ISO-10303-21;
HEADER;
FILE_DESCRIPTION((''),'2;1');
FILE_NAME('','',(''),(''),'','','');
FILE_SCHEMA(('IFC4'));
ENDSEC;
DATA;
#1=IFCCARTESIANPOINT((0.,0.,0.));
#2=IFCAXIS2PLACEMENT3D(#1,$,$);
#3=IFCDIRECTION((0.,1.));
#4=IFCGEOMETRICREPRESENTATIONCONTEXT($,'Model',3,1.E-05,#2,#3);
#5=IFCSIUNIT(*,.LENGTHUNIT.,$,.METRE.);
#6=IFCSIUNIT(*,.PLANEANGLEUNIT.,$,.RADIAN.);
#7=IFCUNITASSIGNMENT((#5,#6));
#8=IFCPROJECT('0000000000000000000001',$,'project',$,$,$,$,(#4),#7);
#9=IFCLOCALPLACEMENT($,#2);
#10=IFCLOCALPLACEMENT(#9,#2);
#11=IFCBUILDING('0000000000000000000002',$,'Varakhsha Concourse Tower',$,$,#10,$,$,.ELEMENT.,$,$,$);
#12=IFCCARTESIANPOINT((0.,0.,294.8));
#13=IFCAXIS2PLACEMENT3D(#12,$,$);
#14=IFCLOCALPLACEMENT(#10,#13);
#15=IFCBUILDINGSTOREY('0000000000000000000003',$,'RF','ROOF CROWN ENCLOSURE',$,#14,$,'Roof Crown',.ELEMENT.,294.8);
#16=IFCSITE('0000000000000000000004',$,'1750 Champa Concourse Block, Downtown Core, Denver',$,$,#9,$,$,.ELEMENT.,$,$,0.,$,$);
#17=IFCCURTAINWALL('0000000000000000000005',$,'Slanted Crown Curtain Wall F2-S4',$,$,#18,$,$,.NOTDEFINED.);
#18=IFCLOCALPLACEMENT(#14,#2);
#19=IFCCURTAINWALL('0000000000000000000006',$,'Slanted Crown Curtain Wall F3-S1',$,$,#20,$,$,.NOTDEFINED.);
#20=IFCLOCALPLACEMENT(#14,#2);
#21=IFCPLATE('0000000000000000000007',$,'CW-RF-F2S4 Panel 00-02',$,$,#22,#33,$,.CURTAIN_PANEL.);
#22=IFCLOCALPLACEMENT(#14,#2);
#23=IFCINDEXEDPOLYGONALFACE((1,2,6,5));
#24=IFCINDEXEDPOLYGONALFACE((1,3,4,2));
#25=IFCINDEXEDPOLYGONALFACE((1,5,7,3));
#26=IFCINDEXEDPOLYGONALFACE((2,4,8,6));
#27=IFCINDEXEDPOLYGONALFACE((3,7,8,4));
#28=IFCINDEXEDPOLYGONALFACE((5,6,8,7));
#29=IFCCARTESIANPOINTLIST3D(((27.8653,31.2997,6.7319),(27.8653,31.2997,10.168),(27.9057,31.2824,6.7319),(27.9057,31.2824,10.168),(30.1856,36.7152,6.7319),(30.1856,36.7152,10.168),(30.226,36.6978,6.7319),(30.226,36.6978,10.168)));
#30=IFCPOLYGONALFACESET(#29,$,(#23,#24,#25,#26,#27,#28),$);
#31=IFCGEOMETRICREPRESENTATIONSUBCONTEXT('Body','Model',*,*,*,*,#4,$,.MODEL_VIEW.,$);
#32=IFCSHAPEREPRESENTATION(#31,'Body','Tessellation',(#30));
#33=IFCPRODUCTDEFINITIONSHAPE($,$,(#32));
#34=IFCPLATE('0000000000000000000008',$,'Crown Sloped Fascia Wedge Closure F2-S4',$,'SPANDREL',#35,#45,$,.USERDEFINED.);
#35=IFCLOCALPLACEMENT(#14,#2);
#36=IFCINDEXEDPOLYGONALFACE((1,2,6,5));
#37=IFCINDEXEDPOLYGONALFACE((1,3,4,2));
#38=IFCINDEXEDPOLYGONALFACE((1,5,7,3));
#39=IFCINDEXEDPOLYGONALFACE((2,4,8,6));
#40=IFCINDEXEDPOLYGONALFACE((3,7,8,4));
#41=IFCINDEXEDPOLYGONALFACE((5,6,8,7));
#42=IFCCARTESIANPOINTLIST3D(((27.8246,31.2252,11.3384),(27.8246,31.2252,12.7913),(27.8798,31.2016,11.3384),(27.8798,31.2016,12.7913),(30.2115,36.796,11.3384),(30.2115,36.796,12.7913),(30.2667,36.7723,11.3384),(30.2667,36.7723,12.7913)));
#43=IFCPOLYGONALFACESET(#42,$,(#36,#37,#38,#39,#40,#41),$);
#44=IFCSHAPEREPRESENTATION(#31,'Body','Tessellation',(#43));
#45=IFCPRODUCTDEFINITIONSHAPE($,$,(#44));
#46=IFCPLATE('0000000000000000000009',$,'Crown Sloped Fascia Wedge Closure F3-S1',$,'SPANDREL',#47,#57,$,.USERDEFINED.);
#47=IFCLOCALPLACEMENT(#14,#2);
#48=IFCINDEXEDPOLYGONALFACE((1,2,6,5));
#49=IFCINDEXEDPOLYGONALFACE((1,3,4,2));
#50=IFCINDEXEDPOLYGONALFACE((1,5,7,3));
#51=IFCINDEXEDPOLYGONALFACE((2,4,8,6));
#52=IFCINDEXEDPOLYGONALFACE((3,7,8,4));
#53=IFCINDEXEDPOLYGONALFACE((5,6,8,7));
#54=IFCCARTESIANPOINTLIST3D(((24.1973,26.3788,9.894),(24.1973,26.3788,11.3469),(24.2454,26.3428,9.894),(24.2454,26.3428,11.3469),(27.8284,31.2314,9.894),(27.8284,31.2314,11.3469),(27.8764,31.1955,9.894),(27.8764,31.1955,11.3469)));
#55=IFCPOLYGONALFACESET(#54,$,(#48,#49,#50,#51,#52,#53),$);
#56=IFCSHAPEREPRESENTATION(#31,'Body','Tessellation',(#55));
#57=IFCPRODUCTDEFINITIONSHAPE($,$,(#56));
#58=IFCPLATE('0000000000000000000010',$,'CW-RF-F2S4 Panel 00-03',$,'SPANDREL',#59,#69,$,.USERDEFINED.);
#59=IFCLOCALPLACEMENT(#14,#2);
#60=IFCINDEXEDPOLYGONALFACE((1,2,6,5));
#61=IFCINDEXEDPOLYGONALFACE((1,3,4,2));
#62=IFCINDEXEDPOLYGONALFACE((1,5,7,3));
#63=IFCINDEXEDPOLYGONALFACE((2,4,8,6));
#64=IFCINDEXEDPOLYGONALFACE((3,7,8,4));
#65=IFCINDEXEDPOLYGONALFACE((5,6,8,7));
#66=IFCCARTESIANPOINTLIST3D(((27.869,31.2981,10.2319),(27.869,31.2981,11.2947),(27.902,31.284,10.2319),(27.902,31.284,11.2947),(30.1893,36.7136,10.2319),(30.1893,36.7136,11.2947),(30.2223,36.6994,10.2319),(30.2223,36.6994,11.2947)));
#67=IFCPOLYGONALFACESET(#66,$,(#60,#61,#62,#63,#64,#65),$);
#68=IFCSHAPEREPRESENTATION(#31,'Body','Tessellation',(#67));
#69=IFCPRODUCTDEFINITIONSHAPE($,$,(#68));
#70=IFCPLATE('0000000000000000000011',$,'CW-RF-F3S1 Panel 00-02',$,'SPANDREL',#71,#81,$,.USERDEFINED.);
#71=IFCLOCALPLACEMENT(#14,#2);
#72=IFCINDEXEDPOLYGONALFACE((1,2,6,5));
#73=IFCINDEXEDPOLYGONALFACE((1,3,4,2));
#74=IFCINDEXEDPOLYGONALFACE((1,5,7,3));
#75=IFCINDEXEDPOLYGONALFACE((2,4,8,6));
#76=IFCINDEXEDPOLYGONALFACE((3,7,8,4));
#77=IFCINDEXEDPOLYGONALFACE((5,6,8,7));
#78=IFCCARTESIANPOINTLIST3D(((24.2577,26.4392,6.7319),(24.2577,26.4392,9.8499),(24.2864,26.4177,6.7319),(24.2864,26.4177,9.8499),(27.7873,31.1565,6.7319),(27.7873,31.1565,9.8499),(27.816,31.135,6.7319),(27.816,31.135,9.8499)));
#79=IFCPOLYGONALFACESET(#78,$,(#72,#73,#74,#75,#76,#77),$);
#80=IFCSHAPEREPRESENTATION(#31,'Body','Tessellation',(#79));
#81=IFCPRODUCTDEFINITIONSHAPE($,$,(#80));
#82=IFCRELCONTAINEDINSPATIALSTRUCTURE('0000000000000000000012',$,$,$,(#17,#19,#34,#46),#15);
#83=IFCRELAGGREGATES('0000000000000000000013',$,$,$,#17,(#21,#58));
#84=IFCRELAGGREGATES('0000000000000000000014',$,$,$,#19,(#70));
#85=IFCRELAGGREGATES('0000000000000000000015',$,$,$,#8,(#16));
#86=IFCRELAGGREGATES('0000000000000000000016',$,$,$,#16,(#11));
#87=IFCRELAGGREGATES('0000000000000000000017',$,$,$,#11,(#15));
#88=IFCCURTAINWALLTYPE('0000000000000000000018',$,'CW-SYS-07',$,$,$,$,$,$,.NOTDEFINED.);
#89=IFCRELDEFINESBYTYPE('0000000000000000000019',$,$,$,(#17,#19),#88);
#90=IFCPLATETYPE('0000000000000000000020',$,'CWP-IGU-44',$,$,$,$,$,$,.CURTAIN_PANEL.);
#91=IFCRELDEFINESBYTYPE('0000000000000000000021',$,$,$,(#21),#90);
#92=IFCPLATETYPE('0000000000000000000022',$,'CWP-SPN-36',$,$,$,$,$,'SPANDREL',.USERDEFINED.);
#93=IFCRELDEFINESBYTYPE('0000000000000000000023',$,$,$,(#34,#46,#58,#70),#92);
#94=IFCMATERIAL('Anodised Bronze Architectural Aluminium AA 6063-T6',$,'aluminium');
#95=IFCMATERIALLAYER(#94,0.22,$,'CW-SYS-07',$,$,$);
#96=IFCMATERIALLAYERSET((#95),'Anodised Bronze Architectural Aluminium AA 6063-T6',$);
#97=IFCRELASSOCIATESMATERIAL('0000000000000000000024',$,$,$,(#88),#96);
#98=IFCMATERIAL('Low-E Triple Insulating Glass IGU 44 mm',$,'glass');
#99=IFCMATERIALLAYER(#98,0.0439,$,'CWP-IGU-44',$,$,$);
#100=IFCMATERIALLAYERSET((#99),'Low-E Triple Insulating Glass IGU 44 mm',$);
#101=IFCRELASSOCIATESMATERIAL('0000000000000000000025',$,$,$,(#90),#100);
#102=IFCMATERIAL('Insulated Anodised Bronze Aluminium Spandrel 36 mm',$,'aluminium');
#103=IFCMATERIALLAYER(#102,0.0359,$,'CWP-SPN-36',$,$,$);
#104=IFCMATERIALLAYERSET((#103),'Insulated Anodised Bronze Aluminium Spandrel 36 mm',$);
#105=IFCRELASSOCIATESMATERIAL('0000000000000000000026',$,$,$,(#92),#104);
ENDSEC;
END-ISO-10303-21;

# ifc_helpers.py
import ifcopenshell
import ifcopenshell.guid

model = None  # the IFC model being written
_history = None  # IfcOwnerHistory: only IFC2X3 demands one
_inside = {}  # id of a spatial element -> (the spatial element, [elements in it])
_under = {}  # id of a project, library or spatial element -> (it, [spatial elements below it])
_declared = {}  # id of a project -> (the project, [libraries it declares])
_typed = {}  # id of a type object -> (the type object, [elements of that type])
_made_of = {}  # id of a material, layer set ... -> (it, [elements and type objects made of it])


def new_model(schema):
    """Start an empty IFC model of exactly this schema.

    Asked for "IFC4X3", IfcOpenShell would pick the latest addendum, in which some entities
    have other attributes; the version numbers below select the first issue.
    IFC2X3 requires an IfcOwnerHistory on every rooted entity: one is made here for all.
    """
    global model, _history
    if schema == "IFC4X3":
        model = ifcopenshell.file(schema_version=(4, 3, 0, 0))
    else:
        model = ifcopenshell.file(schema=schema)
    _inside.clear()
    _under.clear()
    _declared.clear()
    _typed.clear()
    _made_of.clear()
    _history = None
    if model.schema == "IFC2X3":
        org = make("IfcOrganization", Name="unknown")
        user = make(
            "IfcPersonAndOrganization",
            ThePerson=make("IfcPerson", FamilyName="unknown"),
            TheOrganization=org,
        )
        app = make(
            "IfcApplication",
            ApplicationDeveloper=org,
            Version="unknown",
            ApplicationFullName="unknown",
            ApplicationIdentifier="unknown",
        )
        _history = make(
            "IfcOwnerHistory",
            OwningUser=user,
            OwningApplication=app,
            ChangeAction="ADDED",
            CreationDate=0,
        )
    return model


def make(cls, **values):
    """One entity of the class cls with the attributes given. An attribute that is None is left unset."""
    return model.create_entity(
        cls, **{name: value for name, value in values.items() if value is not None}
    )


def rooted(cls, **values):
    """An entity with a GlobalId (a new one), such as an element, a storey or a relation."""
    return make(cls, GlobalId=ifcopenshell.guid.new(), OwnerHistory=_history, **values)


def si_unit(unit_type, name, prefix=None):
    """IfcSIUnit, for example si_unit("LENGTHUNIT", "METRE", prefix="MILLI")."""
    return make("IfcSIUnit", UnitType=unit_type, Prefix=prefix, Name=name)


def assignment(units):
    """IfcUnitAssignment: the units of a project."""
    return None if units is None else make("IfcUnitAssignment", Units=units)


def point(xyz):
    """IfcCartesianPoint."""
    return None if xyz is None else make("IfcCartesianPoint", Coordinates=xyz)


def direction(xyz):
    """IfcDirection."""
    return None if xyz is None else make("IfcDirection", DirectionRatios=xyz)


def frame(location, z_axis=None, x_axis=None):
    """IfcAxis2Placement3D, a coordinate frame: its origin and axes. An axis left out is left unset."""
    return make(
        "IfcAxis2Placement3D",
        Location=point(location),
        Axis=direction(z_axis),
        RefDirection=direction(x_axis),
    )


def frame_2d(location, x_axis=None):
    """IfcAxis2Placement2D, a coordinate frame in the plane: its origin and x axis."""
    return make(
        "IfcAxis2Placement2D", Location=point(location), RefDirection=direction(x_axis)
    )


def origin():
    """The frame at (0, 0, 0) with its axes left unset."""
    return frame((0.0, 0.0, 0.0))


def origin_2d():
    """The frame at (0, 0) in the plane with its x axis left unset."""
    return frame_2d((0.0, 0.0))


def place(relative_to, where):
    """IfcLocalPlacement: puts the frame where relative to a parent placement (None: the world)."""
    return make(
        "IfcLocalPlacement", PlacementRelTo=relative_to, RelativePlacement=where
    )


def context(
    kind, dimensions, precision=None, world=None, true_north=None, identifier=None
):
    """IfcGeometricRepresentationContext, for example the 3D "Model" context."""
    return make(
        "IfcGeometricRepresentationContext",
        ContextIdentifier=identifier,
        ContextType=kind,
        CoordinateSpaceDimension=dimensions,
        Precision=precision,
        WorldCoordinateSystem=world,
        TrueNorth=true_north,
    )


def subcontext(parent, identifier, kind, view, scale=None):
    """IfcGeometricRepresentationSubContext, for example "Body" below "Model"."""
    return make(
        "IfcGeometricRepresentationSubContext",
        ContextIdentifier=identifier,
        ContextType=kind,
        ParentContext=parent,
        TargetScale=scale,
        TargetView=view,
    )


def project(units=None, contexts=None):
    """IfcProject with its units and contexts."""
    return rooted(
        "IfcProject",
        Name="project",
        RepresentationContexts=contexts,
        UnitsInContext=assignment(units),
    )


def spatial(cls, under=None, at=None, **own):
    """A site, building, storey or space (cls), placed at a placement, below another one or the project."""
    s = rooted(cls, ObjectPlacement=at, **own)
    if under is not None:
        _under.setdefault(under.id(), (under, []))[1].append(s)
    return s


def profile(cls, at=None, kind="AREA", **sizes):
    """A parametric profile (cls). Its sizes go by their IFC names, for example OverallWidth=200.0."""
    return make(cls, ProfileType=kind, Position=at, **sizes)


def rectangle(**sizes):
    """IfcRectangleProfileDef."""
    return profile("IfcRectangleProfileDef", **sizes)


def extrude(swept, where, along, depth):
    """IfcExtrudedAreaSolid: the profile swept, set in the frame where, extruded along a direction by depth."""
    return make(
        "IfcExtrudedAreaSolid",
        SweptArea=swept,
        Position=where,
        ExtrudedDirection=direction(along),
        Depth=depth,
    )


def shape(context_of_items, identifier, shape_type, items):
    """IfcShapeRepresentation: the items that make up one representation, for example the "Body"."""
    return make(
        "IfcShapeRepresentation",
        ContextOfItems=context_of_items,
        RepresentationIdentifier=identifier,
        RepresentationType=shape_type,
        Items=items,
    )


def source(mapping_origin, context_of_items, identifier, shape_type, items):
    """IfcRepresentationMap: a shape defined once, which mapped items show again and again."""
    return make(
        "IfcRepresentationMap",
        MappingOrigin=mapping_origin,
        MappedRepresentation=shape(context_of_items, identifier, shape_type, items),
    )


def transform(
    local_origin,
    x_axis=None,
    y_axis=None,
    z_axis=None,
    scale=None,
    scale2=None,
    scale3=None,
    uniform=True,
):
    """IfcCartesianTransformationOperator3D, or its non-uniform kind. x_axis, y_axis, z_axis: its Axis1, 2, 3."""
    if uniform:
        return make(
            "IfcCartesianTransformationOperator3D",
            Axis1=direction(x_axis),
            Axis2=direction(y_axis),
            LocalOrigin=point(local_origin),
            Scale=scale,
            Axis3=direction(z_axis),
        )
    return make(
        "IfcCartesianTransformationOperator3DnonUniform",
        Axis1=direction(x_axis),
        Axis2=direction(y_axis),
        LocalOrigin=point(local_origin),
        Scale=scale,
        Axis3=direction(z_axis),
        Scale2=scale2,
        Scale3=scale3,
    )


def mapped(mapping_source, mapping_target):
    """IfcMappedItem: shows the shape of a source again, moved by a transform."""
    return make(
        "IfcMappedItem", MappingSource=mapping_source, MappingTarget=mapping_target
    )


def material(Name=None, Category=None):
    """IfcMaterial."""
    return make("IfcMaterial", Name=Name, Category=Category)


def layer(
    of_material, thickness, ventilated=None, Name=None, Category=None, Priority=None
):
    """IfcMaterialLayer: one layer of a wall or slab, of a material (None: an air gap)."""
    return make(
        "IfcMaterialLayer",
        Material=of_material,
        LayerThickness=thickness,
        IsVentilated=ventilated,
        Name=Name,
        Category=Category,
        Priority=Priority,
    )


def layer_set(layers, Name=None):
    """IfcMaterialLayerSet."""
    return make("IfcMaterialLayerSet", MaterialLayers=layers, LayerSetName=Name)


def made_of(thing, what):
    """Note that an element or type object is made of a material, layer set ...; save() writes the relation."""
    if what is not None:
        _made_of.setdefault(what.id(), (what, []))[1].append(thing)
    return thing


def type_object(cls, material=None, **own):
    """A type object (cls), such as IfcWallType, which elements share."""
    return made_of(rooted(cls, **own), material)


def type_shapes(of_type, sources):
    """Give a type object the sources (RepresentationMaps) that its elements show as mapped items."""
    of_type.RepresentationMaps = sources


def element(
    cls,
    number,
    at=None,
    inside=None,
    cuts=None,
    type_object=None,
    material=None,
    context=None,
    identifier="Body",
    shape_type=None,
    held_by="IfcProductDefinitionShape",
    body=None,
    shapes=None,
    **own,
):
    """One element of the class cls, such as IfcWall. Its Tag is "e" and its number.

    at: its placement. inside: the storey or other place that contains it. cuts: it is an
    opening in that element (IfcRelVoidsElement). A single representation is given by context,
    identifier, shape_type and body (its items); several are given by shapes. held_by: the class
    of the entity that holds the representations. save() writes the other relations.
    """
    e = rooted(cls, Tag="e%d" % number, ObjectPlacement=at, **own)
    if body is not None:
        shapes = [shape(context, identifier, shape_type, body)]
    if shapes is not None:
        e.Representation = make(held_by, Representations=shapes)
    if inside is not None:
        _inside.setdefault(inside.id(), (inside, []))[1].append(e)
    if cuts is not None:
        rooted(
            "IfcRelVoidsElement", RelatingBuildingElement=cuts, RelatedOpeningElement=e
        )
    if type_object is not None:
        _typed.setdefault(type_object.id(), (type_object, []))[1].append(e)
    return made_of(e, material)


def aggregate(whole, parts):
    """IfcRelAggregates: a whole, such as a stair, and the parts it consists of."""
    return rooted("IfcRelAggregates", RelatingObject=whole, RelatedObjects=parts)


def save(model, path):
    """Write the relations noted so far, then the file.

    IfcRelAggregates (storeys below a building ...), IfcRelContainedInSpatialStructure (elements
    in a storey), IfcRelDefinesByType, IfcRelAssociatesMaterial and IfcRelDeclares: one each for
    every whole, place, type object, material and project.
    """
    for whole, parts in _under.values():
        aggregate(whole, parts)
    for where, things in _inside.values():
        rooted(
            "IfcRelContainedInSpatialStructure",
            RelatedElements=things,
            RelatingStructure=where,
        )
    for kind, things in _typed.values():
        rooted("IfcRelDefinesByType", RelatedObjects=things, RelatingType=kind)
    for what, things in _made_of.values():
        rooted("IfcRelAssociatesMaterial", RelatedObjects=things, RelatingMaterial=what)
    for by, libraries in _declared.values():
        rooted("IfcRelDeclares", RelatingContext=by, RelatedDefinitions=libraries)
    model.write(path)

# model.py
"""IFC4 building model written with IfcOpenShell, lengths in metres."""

from ifc_helpers import new_model, si_unit, direction, frame, origin, origin_2d, place, context, subcontext, project, spatial, rectangle, extrude, source, transform, mapped, material, layer, layer_set, type_object, type_shapes, element, aggregate, save


model = new_model("IFC4")

# Units and contexts
model_context = context("Model", 3, precision=1e-05, world=origin(), true_north=direction((0.0, 1.0)))
body_context = subcontext(model_context, "Body", "Model", "MODEL_VIEW")
ifc_project = project(units=[si_unit("LENGTHUNIT", "METRE"), si_unit("PLANEANGLEUNIT", "RADIAN")], contexts=[model_context])

# Site, building, storey
site_placement = place(None, origin())
site = spatial("IfcSite", under=ifc_project, at=site_placement, Name="1750 Champa Concourse Block, Downtown Core, Denver", CompositionType="ELEMENT", RefElevation=0.0)
building_placement = place(site_placement, origin())
building = spatial("IfcBuilding", under=site, at=building_placement, Name="Varakhsha Concourse Tower", CompositionType="ELEMENT")
storey_placement = place(building_placement, frame((0.0, 0.0, 294.8)))
storey = spatial("IfcBuildingStorey", under=building, at=storey_placement, Name="RF", Description="ROOF CROWN ENCLOSURE", LongName="Roof Crown", CompositionType="ELEMENT", Elevation=294.8)

# Shared definitions
ifc_material_1 = material(Name="Anodised Bronze Architectural Aluminium AA 6063-T6", Category="aluminium")
ifc_layer_1 = layer(ifc_material_1, 0.22, Name="CW-SYS-07")
ifc_layer_set_1 = layer_set([ifc_layer_1], Name="Anodised Bronze Architectural Aluminium AA 6063-T6")
curtain_wall_type = type_object("IfcCurtainWallType", Name="CW-SYS-07", PredefinedType="NOTDEFINED", material=ifc_layer_set_1)

# Curtain wall
curtain_wall_1_placement = place(storey_placement, origin())
curtain_wall_1 = element("IfcCurtainWall", 1, at=curtain_wall_1_placement, inside=storey, type_object=curtain_wall_type, Name="Slanted Crown Curtain Wall F2-S4", PredefinedType="NOTDEFINED")

# Curtain wall
curtain_wall_2_placement = place(storey_placement, origin())
curtain_wall_2 = element("IfcCurtainWall", 2, at=curtain_wall_2_placement, inside=storey, type_object=curtain_wall_type, Name="Slanted Crown Curtain Wall F3-S1", PredefinedType="NOTDEFINED")

# Plate
ifc_material_2 = material(Name="Low-E Triple Insulating Glass IGU 44 mm", Category="glass")
ifc_layer_2 = layer(ifc_material_2, 0.0439, Name="CWP-IGU-44")
ifc_layer_set_2 = layer_set([ifc_layer_2], Name="Low-E Triple Insulating Glass IGU 44 mm")
plate_type_1 = type_object("IfcPlateType", Name="CWP-IGU-44", PredefinedType="CURTAIN_PANEL", material=ifc_layer_set_2)
shared_shape_1 = source(origin(), body_context, "Body", "SweptSolid", [
    extrude(rectangle(XDim=5.8916, YDim=0.0439, at=origin_2d()), origin(), (0.0, 0.0, 1.0), 3.436),
])
plate_1_placement = place(storey_placement, frame((29.0457, 33.9988, 6.7319), z_axis=(0.0, 0.0, 1.0), x_axis=(0.393841, 0.919179, 0.0)))
plate_1 = element("IfcPlate", 3, at=plate_1_placement, type_object=plate_type_1, Name="CW-RF-F2S4 Panel 00-02", PredefinedType="CURTAIN_PANEL", context=body_context, shape_type="MappedRepresentation", body=[
    mapped(shared_shape_1, transform((0.0, 0.0, 0.0), scale=1.0)),
])

# Plates
ifc_material_3 = material(Name="Insulated Anodised Bronze Aluminium Spandrel 36 mm", Category="aluminium")
ifc_layer_3 = layer(ifc_material_3, 0.0359, Name="CWP-SPN-36")
ifc_layer_set_3 = layer_set([ifc_layer_3], Name="Insulated Anodised Bronze Aluminium Spandrel 36 mm")
plate_type_2 = type_object("IfcPlateType", Name="CWP-SPN-36", ElementType="SPANDREL", PredefinedType="USERDEFINED", material=ifc_layer_set_3)
shared_shape_2 = source(origin(), body_context, "Body", "SweptSolid", [
    extrude(rectangle(XDim=6.0605, YDim=0.0601, at=origin_2d()), origin(), (0.0, 0.0, 1.0), 1.4529),
])
plate_2_placement = place(storey_placement, frame((29.0457, 33.9988, 11.3384), z_axis=(0.0, 0.0, 1.0), x_axis=(0.393846, 0.919177, 0.0)))
element("IfcPlate", 4, at=plate_2_placement, inside=storey, type_object=plate_type_2, Name="Crown Sloped Fascia Wedge Closure F2-S4", ObjectType="SPANDREL", PredefinedType="USERDEFINED", context=body_context, shape_type="MappedRepresentation", body=[
    mapped(shared_shape_2, transform((0.0, 0.0, 0.0), scale=1.0)),
])
shared_shape_3 = source(origin(), body_context, "Body", "SweptSolid", [
    extrude(rectangle(XDim=6.0608, YDim=0.0601, at=origin_2d()), origin(), (0.0, 0.0, 1.0), 1.4529),
])
plate_3_placement = place(storey_placement, frame((26.0369, 28.7871, 9.894), z_axis=(0.0, 0.0, 1.0), x_axis=(0.599107, 0.800669, 0.0)))
element("IfcPlate", 5, at=plate_3_placement, inside=storey, type_object=plate_type_2, Name="Crown Sloped Fascia Wedge Closure F3-S1", ObjectType="SPANDREL", PredefinedType="USERDEFINED", context=body_context, shape_type="MappedRepresentation", body=[
    mapped(shared_shape_3, transform((0.0, 0.0, 0.0), scale=1.0)),
])

# Plates
shared_shape_4 = source(origin(), body_context, "Body", "SweptSolid", [
    extrude(rectangle(XDim=5.8916, YDim=0.0359, at=origin_2d()), origin(), (0.0, 0.0, 1.0), 1.0627),
])
plate_4_placement = place(storey_placement, frame((29.0457, 33.9988, 10.2319), z_axis=(0.0, 0.0, 1.0), x_axis=(0.393841, 0.919179, 0.0)))
plate_4 = element("IfcPlate", 6, at=plate_4_placement, type_object=plate_type_2, Name="CW-RF-F2S4 Panel 00-03", ObjectType="SPANDREL", PredefinedType="USERDEFINED", context=body_context, shape_type="MappedRepresentation", body=[
    mapped(shared_shape_4, transform((0.0, 0.0, 0.0), scale=1.0)),
])
aggregate(curtain_wall_1, [plate_1, plate_4])
shared_shape_5 = source(origin(), body_context, "Body", "SweptSolid", [
    extrude(rectangle(XDim=5.8916, YDim=0.0359, at=origin_2d()), origin(), (0.0, 0.0, 1.0), 3.1179),
])
type_shapes(plate_type_2, [shared_shape_2, shared_shape_3, shared_shape_4, shared_shape_5])
plate_5_placement = place(storey_placement, frame((26.0369, 28.7871, 6.7319), z_axis=(0.0, 0.0, 1.0), x_axis=(0.599092, 0.80068, 0.0)))
plate_5 = element("IfcPlate", 7, at=plate_5_placement, type_object=plate_type_2, Name="CW-RF-F3S1 Panel 00-02", ObjectType="SPANDREL", PredefinedType="USERDEFINED", context=body_context, shape_type="MappedRepresentation", body=[
    mapped(shared_shape_5, transform((0.0, 0.0, 0.0), scale=1.0)),
])
aggregate(curtain_wall_2, [plate_5])

save(model, "model.ifc")
